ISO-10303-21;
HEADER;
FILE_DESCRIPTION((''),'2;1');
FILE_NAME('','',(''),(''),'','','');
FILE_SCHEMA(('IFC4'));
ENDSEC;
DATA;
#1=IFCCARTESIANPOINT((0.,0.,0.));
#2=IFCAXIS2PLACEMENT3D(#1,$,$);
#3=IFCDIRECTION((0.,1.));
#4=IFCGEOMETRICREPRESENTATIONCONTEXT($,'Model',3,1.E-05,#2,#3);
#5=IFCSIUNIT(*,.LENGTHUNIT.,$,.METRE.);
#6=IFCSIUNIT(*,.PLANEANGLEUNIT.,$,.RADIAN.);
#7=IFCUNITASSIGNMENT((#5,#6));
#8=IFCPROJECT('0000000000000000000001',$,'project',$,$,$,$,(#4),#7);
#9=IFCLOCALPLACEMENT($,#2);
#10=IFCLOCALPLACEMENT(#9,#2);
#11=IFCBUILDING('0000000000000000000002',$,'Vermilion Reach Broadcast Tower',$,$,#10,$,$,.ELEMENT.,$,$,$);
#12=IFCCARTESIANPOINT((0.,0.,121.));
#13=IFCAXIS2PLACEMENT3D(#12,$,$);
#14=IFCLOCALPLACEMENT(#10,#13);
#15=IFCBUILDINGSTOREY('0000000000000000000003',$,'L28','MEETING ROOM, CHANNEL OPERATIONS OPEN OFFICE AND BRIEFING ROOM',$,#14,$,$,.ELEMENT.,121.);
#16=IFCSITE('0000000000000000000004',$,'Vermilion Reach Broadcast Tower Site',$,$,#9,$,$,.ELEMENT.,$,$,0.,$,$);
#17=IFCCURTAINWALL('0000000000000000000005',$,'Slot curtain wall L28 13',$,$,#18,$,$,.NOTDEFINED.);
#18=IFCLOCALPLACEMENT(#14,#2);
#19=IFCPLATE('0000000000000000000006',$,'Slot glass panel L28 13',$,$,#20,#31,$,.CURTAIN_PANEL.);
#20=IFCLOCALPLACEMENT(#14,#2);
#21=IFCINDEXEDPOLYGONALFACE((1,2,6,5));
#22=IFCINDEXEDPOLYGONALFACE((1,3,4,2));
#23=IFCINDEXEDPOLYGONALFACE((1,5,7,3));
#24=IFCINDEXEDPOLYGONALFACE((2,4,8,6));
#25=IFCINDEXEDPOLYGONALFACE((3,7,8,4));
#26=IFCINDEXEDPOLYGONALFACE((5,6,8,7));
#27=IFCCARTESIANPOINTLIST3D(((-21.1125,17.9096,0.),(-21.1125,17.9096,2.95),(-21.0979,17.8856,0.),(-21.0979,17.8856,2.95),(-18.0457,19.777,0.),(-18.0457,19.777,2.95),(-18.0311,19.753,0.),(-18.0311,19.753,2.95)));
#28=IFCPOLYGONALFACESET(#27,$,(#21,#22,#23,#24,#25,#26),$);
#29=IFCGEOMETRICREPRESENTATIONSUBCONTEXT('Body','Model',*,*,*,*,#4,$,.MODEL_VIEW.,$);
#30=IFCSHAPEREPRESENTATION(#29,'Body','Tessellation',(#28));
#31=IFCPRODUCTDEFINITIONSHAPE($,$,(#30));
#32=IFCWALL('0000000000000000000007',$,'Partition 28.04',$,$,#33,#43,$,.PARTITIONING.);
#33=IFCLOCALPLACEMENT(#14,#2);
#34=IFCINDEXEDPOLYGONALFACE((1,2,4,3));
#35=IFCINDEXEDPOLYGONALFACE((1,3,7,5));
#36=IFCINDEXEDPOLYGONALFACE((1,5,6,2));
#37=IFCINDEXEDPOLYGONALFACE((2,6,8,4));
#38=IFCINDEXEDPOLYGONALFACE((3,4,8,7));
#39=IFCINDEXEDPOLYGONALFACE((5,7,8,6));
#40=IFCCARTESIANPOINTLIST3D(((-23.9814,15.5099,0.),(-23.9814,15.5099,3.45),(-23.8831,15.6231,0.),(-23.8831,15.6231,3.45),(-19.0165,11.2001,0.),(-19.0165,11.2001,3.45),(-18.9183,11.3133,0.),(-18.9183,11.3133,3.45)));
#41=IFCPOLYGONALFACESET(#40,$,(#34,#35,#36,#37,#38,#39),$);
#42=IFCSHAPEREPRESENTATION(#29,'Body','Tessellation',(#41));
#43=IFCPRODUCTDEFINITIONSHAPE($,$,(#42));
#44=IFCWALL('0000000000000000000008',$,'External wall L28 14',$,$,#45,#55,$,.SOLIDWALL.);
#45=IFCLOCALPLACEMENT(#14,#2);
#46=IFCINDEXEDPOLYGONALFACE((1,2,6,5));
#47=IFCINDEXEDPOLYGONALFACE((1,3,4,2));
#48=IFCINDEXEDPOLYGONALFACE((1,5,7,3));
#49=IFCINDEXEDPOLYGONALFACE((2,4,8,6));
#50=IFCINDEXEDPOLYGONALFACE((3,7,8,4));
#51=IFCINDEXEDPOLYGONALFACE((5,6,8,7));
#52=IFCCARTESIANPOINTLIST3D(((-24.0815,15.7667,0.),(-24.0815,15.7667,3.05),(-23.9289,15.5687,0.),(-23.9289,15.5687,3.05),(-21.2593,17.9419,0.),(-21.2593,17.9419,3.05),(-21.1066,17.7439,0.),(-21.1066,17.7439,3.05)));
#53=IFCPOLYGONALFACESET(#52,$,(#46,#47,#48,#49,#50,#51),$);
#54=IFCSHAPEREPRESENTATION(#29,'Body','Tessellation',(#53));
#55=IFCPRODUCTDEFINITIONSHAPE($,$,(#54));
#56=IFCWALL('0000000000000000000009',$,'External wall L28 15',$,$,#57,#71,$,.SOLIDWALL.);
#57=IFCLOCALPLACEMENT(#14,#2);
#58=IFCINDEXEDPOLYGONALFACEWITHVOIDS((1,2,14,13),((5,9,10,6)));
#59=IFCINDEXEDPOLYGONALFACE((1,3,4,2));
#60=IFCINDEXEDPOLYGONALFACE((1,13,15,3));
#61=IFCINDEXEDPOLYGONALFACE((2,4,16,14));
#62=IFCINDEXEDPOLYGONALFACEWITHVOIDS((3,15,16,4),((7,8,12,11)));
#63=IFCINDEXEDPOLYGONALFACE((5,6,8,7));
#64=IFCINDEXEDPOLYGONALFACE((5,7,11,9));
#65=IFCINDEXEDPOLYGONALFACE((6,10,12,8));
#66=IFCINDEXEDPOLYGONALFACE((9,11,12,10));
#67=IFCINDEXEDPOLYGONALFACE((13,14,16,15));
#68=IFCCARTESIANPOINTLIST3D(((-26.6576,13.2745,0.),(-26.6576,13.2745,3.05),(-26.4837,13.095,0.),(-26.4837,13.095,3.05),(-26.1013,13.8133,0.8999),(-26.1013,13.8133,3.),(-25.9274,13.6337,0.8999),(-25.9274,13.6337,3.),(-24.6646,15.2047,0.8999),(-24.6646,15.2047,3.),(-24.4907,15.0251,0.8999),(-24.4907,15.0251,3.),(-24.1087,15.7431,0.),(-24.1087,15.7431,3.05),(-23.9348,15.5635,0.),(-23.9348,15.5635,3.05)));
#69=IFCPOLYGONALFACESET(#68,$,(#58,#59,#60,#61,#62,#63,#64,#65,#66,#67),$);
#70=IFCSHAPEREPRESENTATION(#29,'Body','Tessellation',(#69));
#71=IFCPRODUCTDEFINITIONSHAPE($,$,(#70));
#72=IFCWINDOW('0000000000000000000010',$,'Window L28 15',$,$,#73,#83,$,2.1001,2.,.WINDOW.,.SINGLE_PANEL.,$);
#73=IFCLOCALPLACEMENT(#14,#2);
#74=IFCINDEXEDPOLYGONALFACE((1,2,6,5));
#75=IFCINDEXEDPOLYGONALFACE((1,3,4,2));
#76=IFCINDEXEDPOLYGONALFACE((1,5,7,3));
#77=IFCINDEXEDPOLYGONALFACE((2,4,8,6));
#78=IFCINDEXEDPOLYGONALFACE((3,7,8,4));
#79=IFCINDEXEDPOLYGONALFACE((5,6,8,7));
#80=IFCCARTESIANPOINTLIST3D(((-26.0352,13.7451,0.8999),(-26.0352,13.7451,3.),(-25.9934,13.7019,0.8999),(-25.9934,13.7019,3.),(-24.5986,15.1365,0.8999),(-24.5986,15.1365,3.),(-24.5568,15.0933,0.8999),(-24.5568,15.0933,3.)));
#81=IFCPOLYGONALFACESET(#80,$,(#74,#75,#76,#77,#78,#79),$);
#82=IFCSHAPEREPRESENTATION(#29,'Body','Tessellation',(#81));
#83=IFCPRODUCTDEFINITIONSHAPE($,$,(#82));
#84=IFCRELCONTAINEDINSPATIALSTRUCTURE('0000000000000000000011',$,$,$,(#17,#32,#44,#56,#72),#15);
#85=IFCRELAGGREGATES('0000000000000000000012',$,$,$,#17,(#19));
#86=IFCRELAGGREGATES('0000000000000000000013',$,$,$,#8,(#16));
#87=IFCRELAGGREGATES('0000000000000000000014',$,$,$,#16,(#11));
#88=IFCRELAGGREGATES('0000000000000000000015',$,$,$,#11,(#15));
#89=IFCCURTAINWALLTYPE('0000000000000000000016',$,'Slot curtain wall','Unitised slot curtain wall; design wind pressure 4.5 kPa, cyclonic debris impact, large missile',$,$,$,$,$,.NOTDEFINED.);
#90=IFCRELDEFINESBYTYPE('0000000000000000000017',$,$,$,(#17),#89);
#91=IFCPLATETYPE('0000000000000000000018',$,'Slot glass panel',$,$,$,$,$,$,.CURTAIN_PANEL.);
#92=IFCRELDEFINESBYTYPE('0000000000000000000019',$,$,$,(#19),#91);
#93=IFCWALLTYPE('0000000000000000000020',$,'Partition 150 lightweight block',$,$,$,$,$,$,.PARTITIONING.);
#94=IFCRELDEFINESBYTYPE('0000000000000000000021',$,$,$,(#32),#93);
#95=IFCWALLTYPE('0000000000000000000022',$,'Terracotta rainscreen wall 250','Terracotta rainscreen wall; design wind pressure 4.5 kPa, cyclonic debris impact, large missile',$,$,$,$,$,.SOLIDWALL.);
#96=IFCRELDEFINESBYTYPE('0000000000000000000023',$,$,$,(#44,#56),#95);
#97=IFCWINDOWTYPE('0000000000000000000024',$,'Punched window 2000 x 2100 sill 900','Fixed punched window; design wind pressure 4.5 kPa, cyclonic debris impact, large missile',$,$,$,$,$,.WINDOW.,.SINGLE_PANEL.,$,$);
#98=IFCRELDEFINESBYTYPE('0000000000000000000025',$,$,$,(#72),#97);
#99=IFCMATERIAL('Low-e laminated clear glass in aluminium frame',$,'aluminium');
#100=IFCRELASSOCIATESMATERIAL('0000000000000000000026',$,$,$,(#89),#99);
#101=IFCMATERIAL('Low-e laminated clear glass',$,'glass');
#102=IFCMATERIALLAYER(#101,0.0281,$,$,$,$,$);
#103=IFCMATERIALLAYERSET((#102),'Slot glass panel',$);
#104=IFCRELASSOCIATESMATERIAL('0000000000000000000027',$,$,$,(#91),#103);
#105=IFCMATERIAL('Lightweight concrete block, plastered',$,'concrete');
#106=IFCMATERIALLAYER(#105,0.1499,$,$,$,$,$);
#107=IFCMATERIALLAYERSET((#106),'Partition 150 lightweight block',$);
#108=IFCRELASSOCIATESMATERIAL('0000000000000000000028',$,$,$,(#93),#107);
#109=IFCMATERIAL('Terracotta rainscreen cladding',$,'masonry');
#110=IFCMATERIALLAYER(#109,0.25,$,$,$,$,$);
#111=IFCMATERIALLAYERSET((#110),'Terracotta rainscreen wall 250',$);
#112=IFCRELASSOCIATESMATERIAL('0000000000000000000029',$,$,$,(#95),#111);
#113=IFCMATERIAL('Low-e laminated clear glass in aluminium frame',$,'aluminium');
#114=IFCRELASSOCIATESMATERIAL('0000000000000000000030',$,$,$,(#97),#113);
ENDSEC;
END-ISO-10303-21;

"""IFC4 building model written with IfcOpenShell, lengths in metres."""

from ifc_helpers import new_model, si_unit, direction, frame, frame_2d, origin, origin_2d, place, context, subcontext, project, spatial, rectangle, extrude, material, layer, layer_set, type_object, element, fill, aggregate, save


model = new_model("IFC4")

# Units and contexts
model_context = context("Model", 3, precision=1e-05, world=origin(), true_north=direction((0.0, 1.0)))
body_context = subcontext(model_context, "Body", "Model", "MODEL_VIEW")
ifc_project = project(units=[si_unit("LENGTHUNIT", "METRE"), si_unit("PLANEANGLEUNIT", "RADIAN")], contexts=[model_context])

# Site, building, storey
site_placement = place(None, origin())
site = spatial("IfcSite", under=ifc_project, at=site_placement, Name="Vermilion Reach Broadcast Tower Site", CompositionType="ELEMENT", RefElevation=0.0)
building_placement = place(site_placement, origin())
building = spatial("IfcBuilding", under=site, at=building_placement, Name="Vermilion Reach Broadcast Tower", CompositionType="ELEMENT")
storey_placement = place(building_placement, frame((0.0, 0.0, 121.0)))
storey = spatial("IfcBuildingStorey", under=building, at=storey_placement, Name="L28", Description="MEETING ROOM, CHANNEL OPERATIONS OPEN OFFICE AND BRIEFING ROOM", CompositionType="ELEMENT", Elevation=121.0)

# Curtain wall, plate
ifc_material_1 = material(Name="Low-e laminated clear glass in aluminium frame", Category="aluminium")
curtain_wall_type = type_object("IfcCurtainWallType", Name="Slot curtain wall", Description="Unitised slot curtain wall; design wind pressure 4.5 kPa, cyclonic debris impact, large missile", PredefinedType="NOTDEFINED", material=ifc_material_1)
curtain_wall_placement = place(storey_placement, origin())
curtain_wall = element("IfcCurtainWall", 1, at=curtain_wall_placement, inside=storey, type_object=curtain_wall_type, Name="Slot curtain wall L28 13", PredefinedType="NOTDEFINED")
ifc_material_2 = material(Name="Low-e laminated clear glass", Category="glass")
ifc_layer_1 = layer(ifc_material_2, 0.0281)
ifc_layer_set_1 = layer_set([ifc_layer_1], Name="Slot glass panel")
plate_type = type_object("IfcPlateType", Name="Slot glass panel", PredefinedType="CURTAIN_PANEL", material=ifc_layer_set_1)
plate_placement = place(storey_placement, frame((-19.5718, 18.8313, 0.0), z_axis=(0.0, 0.0, 1.0), x_axis=(-0.854118, -0.520079, 0.0)))
plate = element("IfcPlate", 2, at=plate_placement, type_object=plate_type, Name="Slot glass panel L28 13", PredefinedType="CURTAIN_PANEL", context=body_context, shape_type="SweptSolid", body=[
    extrude(rectangle(XDim=3.5906, YDim=0.0281, at=origin_2d()), origin(), (0.0, 0.0, 1.0), 2.95),
])
aggregate(curtain_wall, [plate])

# Walls
ifc_material_3 = material(Name="Lightweight concrete block, plastered", Category="concrete")
ifc_layer_2 = layer(ifc_material_3, 0.1499)
ifc_layer_set_2 = layer_set([ifc_layer_2], Name="Partition 150 lightweight block")
wall_type_1 = type_object("IfcWallType", Name="Partition 150 lightweight block", PredefinedType="PARTITIONING", material=ifc_layer_set_2)
wall_1_placement = place(storey_placement, frame((-23.9321, 15.5664, 0.0), z_axis=(0.0, 0.0, 1.0), x_axis=(0.755166, -0.655534, 0.0)))
element("IfcWall", 3, at=wall_1_placement, inside=storey, type_object=wall_type_1, Name="Partition 28.04", PredefinedType="PARTITIONING", context=body_context, shape_type="SweptSolid", body=[
    extrude(rectangle(XDim=6.5745, YDim=0.1499, at=frame_2d((3.2871, 0.0))), origin(), (0.0, 0.0, 1.0), 3.45),
])
ifc_material_4 = material(Name="Terracotta rainscreen cladding", Category="masonry")
ifc_layer_3 = layer(ifc_material_4, 0.25)
ifc_layer_set_3 = layer_set([ifc_layer_3], Name="Terracotta rainscreen wall 250")
wall_type_2 = type_object("IfcWallType", Name="Terracotta rainscreen wall 250", Description="Terracotta rainscreen wall; design wind pressure 4.5 kPa, cyclonic debris impact, large missile", PredefinedType="SOLIDWALL", material=ifc_layer_set_3)
wall_2_placement = place(storey_placement, frame((-21.1829, 17.843, 0.0), z_axis=(0.0, 0.0, 1.0), x_axis=(-0.792038, -0.610472, 0.0)))
element("IfcWall", 4, at=wall_2_placement, inside=storey, type_object=wall_type_2, Name="External wall L28 14", PredefinedType="SOLIDWALL", context=body_context, shape_type="SweptSolid", body=[
    extrude(rectangle(XDim=3.5632, YDim=0.25, at=frame_2d((1.7817, 0.0))), origin(), (0.0, 0.0, 1.0), 3.05),
])

# Wall, opening, window
wall_3_placement = place(storey_placement, frame((-24.0217, 15.6533, 0.0), z_axis=(0.0, 0.0, 1.0), x_axis=(-0.718335, -0.695698, 0.0)))
wall_3 = element("IfcWall", 5, at=wall_3_placement, inside=storey, type_object=wall_type_2, Name="External wall L28 15", PredefinedType="SOLIDWALL", context=body_context, shape_type="SweptSolid", body=[
    extrude(rectangle(XDim=3.5483, YDim=0.25, at=frame_2d((1.7742, 0.0))), origin(), (0.0, 0.0, 1.0), 3.05),
])
opening_1_placement = place(wall_3_placement, frame((0.7739, 0.0, 0.8999)))
opening_1 = element("IfcOpeningElement", 6, at=opening_1_placement, cuts=wall_3, PredefinedType="OPENING", context=body_context, shape_type="SweptSolid", body=[
    extrude(rectangle(XDim=2.0, YDim=2.1001, at=frame_2d((1.0, 1.05))), frame((0.0, 0.135, 0.0), z_axis=(0.0, -1.0, 0.0), x_axis=(1.0, 0.0, 0.0)), (0.0, 0.0, 1.0), 0.27),
])
ifc_material_5 = material(Name="Low-e laminated clear glass in aluminium frame", Category="aluminium")
window_type = type_object("IfcWindowType", Name="Punched window 2000 x 2100 sill 900", Description="Fixed punched window; design wind pressure 4.5 kPa, cyclonic debris impact, large missile", PartitioningType="SINGLE_PANEL", PredefinedType="WINDOW", material=ifc_material_5)
window_placement = place(opening_1_placement, origin())
window = element("IfcWindow", 7, at=window_placement, inside=storey, type_object=window_type, Name="Window L28 15", OverallHeight=2.1001, OverallWidth=2.0, PartitioningType="SINGLE_PANEL", PredefinedType="WINDOW", context=body_context, shape_type="SweptSolid", body=[
    extrude(rectangle(XDim=2.0, YDim=2.1001, at=frame_2d((1.0, 1.05))), frame((0.0, 0.03, 0.0), z_axis=(0.0, -1.0, 0.0), x_axis=(1.0, 0.0, 0.0)), (0.0, 0.0, 1.0), 0.0601),
])
fill(opening_1, window)

save(model, "model.ifc")
